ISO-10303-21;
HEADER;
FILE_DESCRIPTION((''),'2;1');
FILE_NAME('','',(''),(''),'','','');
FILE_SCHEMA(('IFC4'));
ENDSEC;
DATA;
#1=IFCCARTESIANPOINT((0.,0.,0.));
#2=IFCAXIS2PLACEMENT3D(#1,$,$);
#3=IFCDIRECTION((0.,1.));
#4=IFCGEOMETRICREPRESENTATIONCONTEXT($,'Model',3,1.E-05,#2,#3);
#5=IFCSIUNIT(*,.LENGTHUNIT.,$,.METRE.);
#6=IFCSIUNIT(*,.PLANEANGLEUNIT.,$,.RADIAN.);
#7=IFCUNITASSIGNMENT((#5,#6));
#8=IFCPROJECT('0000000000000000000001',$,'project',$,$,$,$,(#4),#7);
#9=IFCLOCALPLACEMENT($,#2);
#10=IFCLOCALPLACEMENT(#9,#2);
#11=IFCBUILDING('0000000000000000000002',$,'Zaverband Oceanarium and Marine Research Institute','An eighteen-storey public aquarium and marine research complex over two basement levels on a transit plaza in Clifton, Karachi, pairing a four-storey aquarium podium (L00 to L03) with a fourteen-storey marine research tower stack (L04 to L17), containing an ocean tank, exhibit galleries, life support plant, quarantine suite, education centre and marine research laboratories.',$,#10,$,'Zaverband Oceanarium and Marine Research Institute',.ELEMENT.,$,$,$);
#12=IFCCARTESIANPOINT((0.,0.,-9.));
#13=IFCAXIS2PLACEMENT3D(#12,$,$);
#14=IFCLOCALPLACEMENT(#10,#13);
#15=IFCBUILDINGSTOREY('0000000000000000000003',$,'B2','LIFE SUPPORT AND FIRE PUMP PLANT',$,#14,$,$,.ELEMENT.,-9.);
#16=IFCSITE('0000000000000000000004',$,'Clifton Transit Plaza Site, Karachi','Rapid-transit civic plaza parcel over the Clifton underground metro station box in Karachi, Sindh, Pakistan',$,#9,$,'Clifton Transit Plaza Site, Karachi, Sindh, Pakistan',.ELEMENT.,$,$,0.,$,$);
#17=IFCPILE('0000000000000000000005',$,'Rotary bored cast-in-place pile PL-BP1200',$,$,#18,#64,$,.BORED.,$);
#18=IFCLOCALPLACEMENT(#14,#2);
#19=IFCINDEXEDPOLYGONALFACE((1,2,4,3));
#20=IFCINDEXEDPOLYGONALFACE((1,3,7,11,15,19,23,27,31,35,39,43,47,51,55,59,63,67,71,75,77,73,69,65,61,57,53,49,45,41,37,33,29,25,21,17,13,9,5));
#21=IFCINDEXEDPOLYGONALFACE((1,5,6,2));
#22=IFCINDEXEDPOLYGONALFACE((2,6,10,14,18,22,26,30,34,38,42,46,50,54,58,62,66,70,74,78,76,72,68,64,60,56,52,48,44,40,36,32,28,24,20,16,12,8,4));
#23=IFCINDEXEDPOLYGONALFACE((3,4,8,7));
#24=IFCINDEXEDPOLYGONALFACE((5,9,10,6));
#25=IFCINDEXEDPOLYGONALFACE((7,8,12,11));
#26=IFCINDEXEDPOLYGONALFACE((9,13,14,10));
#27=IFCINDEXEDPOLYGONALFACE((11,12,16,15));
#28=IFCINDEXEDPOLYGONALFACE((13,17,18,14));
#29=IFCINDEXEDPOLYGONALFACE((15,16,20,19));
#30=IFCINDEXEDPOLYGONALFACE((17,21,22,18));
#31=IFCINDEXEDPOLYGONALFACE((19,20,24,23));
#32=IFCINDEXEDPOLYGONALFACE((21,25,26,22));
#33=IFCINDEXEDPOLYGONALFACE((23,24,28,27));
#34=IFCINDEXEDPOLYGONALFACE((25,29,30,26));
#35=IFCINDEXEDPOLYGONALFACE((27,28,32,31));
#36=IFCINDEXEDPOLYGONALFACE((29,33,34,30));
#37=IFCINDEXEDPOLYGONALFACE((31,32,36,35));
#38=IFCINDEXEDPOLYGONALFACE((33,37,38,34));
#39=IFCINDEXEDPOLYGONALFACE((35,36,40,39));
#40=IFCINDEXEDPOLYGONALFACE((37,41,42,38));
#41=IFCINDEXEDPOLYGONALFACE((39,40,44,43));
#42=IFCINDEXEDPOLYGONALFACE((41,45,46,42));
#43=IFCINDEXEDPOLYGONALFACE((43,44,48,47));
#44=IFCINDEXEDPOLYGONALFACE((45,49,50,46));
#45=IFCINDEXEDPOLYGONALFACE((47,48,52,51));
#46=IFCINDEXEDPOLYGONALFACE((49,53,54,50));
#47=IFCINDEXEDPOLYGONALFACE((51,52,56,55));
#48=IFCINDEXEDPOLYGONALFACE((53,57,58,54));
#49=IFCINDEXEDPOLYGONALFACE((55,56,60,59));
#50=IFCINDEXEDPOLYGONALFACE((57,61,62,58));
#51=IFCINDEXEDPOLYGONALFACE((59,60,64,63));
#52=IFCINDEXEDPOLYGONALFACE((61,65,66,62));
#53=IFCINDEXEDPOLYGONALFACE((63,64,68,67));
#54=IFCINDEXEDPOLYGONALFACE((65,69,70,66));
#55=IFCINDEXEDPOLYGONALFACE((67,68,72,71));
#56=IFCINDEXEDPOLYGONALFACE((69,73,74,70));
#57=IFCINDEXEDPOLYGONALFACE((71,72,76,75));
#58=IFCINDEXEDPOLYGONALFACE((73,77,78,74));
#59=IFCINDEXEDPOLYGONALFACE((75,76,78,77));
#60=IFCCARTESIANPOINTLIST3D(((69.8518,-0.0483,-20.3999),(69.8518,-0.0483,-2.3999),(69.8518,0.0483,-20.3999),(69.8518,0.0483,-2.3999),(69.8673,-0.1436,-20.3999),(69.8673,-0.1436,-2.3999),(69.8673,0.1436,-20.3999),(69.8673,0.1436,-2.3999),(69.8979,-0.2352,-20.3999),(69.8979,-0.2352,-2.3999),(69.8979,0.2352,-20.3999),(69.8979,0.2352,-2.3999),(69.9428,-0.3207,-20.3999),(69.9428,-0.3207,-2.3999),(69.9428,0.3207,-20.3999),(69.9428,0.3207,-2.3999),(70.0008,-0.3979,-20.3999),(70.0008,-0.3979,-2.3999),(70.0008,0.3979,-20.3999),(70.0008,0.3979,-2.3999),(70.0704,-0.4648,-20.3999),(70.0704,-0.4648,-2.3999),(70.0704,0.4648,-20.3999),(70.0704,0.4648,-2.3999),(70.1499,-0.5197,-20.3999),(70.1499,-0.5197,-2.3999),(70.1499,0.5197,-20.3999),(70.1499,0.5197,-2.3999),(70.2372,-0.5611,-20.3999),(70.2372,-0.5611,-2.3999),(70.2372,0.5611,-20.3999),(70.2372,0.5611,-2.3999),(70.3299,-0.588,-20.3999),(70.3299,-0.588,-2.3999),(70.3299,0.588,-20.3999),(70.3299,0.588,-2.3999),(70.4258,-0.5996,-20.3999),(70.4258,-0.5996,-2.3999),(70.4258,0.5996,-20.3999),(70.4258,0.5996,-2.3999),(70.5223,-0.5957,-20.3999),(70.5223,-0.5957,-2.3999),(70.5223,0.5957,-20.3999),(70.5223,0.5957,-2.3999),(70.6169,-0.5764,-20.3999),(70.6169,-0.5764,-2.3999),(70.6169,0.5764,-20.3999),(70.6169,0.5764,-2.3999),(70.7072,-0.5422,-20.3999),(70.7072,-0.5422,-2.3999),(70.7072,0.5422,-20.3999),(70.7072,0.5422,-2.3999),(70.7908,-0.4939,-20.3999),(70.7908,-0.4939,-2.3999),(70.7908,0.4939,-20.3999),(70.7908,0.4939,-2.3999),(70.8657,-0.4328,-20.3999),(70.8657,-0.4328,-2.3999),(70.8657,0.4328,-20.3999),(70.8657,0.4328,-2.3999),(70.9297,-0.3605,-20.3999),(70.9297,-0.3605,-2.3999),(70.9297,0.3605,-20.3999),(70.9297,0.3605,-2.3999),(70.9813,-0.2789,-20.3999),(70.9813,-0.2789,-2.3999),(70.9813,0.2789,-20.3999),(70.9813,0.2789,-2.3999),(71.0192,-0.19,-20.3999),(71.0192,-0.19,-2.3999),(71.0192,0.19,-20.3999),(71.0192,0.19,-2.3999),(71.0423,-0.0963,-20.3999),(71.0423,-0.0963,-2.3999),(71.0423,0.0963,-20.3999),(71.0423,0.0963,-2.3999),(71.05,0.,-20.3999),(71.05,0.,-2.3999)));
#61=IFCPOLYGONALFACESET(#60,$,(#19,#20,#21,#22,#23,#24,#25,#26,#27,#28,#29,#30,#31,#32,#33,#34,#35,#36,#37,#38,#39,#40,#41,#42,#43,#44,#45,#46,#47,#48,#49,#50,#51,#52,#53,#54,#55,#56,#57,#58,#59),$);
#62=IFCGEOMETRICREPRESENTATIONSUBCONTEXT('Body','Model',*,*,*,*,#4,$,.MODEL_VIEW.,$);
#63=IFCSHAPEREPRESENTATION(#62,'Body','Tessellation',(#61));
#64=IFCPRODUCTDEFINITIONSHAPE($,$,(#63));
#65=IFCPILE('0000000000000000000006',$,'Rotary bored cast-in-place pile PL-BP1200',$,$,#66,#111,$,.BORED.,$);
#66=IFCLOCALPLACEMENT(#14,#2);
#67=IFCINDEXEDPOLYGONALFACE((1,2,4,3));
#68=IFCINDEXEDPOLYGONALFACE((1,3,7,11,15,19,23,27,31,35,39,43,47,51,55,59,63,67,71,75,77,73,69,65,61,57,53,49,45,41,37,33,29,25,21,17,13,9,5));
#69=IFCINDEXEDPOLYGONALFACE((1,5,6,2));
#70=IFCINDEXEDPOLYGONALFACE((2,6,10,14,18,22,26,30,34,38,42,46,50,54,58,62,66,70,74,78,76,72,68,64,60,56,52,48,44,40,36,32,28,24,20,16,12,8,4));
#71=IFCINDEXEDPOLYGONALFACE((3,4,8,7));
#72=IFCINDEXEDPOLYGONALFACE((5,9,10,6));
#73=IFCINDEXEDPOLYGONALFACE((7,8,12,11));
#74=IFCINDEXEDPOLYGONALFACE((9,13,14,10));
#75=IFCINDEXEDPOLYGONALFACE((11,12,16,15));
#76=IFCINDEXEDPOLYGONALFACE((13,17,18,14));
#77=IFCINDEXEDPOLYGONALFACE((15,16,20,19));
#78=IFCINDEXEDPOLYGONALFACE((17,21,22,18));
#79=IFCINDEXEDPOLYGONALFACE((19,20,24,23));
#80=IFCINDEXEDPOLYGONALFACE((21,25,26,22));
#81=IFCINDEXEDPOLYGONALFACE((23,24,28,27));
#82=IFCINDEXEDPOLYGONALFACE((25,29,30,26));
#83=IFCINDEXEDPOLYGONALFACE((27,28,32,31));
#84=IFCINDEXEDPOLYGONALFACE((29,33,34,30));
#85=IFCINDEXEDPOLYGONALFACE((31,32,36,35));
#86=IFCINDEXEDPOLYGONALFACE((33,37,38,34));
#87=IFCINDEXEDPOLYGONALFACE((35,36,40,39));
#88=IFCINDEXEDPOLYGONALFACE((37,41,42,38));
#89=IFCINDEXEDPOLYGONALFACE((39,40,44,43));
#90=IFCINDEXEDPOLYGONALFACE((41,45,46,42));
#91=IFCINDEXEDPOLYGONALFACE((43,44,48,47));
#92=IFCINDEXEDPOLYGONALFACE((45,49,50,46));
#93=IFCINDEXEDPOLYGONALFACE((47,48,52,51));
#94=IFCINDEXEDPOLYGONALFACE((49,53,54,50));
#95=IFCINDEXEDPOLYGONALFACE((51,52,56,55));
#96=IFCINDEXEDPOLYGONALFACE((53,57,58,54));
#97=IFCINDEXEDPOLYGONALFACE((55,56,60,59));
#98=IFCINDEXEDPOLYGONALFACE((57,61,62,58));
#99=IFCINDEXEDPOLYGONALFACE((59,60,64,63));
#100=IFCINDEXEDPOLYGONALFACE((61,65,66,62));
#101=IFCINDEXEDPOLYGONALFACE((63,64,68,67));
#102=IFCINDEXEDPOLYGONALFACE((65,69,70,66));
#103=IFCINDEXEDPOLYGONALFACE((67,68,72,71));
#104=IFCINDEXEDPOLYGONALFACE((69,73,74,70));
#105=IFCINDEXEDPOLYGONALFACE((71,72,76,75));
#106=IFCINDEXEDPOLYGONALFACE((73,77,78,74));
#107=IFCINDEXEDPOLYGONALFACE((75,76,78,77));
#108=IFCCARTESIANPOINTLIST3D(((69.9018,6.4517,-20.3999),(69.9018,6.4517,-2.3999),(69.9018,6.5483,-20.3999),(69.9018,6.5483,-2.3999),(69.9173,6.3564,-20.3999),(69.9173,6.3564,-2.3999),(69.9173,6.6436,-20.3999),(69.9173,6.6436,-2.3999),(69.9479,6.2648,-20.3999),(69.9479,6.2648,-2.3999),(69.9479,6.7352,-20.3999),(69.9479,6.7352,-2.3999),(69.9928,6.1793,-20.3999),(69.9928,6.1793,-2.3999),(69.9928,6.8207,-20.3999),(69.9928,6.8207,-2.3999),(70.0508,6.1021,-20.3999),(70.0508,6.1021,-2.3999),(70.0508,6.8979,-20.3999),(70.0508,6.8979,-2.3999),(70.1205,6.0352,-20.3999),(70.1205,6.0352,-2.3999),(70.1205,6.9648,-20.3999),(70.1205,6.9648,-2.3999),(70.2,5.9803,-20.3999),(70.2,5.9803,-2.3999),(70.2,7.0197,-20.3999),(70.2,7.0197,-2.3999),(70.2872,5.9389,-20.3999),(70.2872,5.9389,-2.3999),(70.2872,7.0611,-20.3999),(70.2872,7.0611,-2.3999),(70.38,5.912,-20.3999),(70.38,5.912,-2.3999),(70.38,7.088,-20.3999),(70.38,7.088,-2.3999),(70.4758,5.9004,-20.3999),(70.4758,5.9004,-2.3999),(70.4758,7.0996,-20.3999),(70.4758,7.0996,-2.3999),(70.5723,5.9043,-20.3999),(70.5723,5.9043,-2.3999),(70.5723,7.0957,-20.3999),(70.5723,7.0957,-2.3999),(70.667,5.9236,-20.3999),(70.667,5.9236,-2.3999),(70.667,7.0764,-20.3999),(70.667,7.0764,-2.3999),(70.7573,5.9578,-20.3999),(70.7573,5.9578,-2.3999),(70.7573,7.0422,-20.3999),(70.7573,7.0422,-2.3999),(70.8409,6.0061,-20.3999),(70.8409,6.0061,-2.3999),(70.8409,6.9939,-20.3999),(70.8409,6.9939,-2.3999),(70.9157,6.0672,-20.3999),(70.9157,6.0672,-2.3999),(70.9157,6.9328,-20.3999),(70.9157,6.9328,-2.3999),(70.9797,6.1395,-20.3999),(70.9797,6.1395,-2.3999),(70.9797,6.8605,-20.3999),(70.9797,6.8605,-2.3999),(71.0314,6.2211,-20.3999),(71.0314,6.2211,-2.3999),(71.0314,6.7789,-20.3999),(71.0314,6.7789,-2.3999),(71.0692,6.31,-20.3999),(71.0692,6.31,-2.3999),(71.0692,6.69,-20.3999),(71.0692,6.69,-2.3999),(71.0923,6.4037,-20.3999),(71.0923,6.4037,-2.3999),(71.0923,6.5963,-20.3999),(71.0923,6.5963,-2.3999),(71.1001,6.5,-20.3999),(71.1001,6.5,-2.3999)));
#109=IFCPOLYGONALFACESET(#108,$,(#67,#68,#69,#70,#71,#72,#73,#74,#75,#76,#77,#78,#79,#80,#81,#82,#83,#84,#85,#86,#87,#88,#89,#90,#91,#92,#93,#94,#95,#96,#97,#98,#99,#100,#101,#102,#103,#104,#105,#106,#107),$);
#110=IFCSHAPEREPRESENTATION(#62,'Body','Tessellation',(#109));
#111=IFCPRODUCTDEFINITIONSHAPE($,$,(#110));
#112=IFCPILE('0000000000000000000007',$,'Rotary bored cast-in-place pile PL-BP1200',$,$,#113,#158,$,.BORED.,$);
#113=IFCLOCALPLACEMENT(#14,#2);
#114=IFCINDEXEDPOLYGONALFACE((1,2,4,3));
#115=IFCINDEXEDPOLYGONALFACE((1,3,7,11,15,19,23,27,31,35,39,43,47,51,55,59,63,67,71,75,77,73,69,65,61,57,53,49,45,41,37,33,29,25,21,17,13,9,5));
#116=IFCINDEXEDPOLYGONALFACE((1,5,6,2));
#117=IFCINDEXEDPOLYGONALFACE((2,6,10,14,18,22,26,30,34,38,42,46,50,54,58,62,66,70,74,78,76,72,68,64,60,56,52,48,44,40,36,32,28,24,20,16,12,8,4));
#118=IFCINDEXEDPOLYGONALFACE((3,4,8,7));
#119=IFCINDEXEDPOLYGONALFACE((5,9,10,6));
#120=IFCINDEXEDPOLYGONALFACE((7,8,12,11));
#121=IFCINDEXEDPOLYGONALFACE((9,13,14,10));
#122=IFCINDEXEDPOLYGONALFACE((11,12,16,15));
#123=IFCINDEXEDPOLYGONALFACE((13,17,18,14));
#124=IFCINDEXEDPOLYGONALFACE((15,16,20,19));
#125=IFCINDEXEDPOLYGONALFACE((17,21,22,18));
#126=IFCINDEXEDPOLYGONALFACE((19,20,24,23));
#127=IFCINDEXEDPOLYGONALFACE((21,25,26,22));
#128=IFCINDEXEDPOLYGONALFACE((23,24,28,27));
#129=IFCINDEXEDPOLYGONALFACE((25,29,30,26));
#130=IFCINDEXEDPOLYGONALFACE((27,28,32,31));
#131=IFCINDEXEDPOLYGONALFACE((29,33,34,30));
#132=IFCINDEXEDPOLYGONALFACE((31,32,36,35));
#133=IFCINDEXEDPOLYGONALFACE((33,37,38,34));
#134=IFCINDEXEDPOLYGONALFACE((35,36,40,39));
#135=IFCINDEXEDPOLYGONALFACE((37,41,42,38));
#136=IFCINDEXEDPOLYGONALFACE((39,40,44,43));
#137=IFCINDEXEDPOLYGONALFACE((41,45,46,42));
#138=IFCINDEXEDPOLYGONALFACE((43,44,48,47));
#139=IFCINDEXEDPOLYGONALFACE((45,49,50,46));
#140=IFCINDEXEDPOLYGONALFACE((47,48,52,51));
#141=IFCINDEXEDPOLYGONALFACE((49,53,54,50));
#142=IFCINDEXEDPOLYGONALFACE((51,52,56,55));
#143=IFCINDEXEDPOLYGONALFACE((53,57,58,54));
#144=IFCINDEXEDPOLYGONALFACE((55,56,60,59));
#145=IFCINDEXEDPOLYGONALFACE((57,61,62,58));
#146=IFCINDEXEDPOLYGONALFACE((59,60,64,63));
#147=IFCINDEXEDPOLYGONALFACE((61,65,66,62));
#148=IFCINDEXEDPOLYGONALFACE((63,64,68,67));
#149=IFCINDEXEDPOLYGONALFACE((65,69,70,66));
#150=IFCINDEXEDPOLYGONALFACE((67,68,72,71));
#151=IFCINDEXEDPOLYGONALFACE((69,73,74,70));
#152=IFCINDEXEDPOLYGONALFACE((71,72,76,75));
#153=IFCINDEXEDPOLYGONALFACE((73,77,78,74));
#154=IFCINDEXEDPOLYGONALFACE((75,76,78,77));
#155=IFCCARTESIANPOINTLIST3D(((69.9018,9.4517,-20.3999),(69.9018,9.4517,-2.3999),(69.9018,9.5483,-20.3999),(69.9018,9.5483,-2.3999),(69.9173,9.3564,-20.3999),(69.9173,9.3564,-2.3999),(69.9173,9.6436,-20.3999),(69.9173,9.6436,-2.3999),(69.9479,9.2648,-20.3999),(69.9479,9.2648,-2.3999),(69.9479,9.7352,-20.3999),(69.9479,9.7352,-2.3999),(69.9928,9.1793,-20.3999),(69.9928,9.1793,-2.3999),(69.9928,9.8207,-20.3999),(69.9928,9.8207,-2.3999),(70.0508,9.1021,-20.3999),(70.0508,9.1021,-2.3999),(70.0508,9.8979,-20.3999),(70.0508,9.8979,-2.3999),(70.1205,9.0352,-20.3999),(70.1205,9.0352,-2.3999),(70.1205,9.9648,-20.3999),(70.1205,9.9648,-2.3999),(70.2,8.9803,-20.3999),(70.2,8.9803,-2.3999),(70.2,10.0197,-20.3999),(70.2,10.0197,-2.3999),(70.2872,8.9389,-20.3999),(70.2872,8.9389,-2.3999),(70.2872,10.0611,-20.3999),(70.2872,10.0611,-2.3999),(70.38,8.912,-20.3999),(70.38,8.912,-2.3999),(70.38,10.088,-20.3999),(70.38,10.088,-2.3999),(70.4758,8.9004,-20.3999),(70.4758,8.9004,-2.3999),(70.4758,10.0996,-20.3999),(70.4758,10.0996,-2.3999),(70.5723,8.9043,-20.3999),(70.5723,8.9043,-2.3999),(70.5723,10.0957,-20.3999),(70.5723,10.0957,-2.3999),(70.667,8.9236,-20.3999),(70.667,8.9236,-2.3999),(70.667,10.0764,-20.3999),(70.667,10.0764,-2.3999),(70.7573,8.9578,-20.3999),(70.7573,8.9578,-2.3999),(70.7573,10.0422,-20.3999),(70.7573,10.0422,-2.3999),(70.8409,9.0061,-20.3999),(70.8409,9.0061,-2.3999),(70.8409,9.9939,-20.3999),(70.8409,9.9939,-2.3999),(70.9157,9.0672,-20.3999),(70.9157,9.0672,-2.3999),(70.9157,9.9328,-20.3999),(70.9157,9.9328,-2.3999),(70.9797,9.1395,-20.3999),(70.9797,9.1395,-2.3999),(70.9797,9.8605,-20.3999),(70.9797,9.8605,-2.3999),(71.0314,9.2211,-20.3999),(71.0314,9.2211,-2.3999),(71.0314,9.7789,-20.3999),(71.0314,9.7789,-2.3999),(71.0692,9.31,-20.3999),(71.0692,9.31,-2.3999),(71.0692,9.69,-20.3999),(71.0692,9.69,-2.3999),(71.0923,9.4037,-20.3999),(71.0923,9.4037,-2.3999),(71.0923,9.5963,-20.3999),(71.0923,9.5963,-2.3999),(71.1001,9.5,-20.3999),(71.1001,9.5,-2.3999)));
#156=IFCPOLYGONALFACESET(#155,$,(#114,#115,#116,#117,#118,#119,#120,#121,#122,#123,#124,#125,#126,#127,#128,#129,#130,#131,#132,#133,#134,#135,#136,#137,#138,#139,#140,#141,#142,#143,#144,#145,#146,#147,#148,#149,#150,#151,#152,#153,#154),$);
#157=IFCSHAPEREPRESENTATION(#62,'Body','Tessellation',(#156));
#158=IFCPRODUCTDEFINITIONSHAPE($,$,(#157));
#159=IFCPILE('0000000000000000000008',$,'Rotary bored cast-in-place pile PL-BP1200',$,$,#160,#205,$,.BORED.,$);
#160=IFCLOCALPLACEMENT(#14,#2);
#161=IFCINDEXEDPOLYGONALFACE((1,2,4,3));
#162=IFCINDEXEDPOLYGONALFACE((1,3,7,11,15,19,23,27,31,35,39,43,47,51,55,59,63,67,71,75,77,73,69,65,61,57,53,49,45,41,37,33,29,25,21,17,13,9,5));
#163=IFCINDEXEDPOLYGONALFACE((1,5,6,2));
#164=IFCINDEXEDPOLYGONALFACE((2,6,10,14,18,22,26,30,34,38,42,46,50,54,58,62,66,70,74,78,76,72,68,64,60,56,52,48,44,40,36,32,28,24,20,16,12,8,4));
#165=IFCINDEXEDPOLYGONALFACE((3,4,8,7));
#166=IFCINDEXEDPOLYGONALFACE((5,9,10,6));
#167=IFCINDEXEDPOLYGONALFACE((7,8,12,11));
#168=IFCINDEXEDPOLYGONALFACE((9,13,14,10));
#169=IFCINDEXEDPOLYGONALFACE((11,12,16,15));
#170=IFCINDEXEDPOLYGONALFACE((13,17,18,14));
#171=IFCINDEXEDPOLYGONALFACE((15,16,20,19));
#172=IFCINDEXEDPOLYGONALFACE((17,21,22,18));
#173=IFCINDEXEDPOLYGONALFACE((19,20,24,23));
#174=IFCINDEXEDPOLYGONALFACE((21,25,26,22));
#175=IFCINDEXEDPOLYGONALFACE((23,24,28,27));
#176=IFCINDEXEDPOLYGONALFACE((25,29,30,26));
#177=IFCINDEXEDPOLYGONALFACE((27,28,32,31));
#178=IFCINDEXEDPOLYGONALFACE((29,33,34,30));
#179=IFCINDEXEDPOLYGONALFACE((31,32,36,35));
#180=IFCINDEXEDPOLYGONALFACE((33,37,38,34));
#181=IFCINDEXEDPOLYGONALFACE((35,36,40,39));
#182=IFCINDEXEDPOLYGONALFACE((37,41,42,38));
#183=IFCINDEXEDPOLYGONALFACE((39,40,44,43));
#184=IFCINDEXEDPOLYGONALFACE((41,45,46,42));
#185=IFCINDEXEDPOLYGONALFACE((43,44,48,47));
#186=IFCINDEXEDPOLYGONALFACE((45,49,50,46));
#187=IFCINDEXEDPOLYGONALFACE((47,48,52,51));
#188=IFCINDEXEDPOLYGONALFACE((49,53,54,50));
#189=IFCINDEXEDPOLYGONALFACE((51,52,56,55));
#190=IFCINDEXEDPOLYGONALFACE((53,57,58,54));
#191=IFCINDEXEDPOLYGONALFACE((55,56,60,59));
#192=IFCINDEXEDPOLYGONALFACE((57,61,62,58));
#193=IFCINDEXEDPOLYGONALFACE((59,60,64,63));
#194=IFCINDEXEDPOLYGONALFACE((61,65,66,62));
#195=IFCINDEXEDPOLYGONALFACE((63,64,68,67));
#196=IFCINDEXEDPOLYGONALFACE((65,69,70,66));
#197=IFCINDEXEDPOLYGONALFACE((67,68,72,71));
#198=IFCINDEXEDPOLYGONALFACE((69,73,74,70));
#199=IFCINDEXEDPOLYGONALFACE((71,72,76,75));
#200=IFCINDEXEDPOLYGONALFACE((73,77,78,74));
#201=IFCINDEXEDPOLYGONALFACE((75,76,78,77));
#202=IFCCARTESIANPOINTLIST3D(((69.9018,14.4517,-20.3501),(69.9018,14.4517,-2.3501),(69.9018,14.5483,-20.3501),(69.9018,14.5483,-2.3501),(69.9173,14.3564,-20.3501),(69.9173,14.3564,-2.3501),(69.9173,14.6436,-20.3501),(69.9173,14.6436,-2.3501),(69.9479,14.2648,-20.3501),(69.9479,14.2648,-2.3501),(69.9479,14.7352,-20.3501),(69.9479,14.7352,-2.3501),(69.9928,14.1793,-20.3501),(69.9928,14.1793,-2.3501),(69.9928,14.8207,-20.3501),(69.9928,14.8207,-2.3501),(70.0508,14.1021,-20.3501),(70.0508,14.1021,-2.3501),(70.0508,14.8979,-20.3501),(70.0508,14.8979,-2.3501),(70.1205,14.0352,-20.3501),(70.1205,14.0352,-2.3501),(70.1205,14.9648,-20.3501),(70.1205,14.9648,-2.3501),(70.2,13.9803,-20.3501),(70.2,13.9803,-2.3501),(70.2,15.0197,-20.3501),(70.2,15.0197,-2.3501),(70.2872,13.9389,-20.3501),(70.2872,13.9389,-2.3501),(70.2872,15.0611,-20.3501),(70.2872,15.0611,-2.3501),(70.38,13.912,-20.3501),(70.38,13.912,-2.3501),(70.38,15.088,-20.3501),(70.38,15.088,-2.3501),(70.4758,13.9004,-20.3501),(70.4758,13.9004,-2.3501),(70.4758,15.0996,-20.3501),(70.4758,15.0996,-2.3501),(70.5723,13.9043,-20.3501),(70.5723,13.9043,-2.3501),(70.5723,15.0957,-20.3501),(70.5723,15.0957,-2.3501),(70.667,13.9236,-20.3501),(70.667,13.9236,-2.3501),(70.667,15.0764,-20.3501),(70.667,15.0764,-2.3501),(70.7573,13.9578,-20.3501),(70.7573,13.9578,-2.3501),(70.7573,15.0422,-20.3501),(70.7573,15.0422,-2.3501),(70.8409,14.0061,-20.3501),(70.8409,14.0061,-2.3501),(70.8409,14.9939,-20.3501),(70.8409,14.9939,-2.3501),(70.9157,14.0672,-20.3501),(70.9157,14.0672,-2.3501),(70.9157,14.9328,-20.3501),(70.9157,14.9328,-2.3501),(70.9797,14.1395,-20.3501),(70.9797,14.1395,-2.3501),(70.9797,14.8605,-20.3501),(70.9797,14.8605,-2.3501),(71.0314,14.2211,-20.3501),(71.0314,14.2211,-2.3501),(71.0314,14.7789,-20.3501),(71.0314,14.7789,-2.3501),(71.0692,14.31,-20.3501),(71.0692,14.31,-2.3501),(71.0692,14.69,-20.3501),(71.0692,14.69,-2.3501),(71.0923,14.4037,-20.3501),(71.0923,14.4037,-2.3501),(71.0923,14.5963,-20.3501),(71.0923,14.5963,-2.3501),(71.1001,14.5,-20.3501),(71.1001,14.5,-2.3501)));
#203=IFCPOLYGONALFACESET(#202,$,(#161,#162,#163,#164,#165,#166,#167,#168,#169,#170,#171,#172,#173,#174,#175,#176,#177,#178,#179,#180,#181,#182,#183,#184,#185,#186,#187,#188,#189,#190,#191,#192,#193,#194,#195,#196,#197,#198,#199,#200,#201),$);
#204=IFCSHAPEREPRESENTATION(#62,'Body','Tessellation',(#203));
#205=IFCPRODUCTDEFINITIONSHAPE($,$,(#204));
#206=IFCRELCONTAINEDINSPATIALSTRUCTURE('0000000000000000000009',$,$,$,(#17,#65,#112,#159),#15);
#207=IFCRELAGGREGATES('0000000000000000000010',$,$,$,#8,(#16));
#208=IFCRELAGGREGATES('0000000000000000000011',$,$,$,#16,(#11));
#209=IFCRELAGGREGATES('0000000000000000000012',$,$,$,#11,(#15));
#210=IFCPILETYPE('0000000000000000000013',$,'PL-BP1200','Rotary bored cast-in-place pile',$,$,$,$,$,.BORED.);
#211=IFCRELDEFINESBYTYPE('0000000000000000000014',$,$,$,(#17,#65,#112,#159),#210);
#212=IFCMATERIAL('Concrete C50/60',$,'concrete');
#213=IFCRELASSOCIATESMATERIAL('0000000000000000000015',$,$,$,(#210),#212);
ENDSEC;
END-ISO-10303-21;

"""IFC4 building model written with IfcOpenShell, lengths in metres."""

from ifc_helpers import new_model, si_unit, direction, frame, origin, origin_2d, place, context, subcontext, project, spatial, circle, extrude, material, material_profile, profile_set, type_object, element, save


model = new_model("IFC4")

# Units and contexts
model_context = context("Model", 3, precision=1e-05, world=origin(), true_north=direction((0.0, 1.0)))
body_context = subcontext(model_context, "Body", "Model", "MODEL_VIEW")
ifc_project = project(units=[si_unit("LENGTHUNIT", "METRE"), si_unit("PLANEANGLEUNIT", "RADIAN")], contexts=[model_context])

# Site, building, storey
site_placement = place(None, origin())
site = spatial("IfcSite", under=ifc_project, at=site_placement, Name="Clifton Transit Plaza Site, Karachi", Description="Rapid-transit civic plaza parcel over the Clifton underground metro station box in Karachi, Sindh, Pakistan", LongName="Clifton Transit Plaza Site, Karachi, Sindh, Pakistan", CompositionType="ELEMENT", RefElevation=0.0)
building_placement = place(site_placement, origin())
building = spatial("IfcBuilding", under=site, at=building_placement, Name="Zaverband Oceanarium and Marine Research Institute", Description="An eighteen-storey public aquarium and marine research complex over two basement levels on a transit plaza in Clifton, Karachi, pairing a four-storey aquarium podium (L00 to L03) with a fourteen-storey marine research tower stack (L04 to L17), containing an ocean tank, exhibit galleries, life support plant, quarantine suite, education centre and marine research laboratories.", LongName="Zaverband Oceanarium and Marine Research Institute", CompositionType="ELEMENT")
storey_placement = place(building_placement, frame((0.0, 0.0, -9.0)))
storey = spatial("IfcBuildingStorey", under=building, at=storey_placement, Name="B2", Description="LIFE SUPPORT AND FIRE PUMP PLANT", CompositionType="ELEMENT", Elevation=-9.0)

# Shared definitions
ifc_material_1 = material(Name="Concrete C50/60", Category="concrete")

# Piles
ifc_material_profile_1 = material_profile(ifc_material_1, circle(Radius=0.6001, at=origin_2d()), Name="BP1200")
ifc_profile_set_1 = profile_set([ifc_material_profile_1], Name="Concrete C50/60")
pile_type_1 = type_object("IfcPileType", Name="PL-BP1200", Description="Rotary bored cast-in-place pile", PredefinedType="BORED", material=ifc_profile_set_1)
for number, where, z_axis, x_axis, name in (
    (1, (70.45, 0.0, -2.3999), (0.0, 0.0, -1.0), (1.0, 0.0, 0.0), "Rotary bored cast-in-place pile PL-BP1200"),
    (2, (70.5, 6.5, -2.3999), (0.0, 0.0, -1.0), (1.0, 0.0, 0.0), "Rotary bored cast-in-place pile PL-BP1200"),
    (3, (70.5, 9.5, -2.3999), (0.0, 0.0, -1.0), (1.0, 0.0, 0.0), "Rotary bored cast-in-place pile PL-BP1200"),
    (4, (70.5, 14.5, -2.3501), (0.0, 0.0, -1.0), (1.0, 0.0, 0.0), "Rotary bored cast-in-place pile PL-BP1200"),
):
    element("IfcPile", number, at=place(storey_placement, frame(where, z_axis=z_axis, x_axis=x_axis)), inside=storey, type_object=pile_type_1, Name=name, PredefinedType="BORED", context=body_context, shape_type="SweptSolid", body=[
        extrude(circle(Radius=0.6001, at=origin_2d()), origin(), (0.0, 0.0, 1.0), 18.0),
    ])

save(model, "model.ifc")
